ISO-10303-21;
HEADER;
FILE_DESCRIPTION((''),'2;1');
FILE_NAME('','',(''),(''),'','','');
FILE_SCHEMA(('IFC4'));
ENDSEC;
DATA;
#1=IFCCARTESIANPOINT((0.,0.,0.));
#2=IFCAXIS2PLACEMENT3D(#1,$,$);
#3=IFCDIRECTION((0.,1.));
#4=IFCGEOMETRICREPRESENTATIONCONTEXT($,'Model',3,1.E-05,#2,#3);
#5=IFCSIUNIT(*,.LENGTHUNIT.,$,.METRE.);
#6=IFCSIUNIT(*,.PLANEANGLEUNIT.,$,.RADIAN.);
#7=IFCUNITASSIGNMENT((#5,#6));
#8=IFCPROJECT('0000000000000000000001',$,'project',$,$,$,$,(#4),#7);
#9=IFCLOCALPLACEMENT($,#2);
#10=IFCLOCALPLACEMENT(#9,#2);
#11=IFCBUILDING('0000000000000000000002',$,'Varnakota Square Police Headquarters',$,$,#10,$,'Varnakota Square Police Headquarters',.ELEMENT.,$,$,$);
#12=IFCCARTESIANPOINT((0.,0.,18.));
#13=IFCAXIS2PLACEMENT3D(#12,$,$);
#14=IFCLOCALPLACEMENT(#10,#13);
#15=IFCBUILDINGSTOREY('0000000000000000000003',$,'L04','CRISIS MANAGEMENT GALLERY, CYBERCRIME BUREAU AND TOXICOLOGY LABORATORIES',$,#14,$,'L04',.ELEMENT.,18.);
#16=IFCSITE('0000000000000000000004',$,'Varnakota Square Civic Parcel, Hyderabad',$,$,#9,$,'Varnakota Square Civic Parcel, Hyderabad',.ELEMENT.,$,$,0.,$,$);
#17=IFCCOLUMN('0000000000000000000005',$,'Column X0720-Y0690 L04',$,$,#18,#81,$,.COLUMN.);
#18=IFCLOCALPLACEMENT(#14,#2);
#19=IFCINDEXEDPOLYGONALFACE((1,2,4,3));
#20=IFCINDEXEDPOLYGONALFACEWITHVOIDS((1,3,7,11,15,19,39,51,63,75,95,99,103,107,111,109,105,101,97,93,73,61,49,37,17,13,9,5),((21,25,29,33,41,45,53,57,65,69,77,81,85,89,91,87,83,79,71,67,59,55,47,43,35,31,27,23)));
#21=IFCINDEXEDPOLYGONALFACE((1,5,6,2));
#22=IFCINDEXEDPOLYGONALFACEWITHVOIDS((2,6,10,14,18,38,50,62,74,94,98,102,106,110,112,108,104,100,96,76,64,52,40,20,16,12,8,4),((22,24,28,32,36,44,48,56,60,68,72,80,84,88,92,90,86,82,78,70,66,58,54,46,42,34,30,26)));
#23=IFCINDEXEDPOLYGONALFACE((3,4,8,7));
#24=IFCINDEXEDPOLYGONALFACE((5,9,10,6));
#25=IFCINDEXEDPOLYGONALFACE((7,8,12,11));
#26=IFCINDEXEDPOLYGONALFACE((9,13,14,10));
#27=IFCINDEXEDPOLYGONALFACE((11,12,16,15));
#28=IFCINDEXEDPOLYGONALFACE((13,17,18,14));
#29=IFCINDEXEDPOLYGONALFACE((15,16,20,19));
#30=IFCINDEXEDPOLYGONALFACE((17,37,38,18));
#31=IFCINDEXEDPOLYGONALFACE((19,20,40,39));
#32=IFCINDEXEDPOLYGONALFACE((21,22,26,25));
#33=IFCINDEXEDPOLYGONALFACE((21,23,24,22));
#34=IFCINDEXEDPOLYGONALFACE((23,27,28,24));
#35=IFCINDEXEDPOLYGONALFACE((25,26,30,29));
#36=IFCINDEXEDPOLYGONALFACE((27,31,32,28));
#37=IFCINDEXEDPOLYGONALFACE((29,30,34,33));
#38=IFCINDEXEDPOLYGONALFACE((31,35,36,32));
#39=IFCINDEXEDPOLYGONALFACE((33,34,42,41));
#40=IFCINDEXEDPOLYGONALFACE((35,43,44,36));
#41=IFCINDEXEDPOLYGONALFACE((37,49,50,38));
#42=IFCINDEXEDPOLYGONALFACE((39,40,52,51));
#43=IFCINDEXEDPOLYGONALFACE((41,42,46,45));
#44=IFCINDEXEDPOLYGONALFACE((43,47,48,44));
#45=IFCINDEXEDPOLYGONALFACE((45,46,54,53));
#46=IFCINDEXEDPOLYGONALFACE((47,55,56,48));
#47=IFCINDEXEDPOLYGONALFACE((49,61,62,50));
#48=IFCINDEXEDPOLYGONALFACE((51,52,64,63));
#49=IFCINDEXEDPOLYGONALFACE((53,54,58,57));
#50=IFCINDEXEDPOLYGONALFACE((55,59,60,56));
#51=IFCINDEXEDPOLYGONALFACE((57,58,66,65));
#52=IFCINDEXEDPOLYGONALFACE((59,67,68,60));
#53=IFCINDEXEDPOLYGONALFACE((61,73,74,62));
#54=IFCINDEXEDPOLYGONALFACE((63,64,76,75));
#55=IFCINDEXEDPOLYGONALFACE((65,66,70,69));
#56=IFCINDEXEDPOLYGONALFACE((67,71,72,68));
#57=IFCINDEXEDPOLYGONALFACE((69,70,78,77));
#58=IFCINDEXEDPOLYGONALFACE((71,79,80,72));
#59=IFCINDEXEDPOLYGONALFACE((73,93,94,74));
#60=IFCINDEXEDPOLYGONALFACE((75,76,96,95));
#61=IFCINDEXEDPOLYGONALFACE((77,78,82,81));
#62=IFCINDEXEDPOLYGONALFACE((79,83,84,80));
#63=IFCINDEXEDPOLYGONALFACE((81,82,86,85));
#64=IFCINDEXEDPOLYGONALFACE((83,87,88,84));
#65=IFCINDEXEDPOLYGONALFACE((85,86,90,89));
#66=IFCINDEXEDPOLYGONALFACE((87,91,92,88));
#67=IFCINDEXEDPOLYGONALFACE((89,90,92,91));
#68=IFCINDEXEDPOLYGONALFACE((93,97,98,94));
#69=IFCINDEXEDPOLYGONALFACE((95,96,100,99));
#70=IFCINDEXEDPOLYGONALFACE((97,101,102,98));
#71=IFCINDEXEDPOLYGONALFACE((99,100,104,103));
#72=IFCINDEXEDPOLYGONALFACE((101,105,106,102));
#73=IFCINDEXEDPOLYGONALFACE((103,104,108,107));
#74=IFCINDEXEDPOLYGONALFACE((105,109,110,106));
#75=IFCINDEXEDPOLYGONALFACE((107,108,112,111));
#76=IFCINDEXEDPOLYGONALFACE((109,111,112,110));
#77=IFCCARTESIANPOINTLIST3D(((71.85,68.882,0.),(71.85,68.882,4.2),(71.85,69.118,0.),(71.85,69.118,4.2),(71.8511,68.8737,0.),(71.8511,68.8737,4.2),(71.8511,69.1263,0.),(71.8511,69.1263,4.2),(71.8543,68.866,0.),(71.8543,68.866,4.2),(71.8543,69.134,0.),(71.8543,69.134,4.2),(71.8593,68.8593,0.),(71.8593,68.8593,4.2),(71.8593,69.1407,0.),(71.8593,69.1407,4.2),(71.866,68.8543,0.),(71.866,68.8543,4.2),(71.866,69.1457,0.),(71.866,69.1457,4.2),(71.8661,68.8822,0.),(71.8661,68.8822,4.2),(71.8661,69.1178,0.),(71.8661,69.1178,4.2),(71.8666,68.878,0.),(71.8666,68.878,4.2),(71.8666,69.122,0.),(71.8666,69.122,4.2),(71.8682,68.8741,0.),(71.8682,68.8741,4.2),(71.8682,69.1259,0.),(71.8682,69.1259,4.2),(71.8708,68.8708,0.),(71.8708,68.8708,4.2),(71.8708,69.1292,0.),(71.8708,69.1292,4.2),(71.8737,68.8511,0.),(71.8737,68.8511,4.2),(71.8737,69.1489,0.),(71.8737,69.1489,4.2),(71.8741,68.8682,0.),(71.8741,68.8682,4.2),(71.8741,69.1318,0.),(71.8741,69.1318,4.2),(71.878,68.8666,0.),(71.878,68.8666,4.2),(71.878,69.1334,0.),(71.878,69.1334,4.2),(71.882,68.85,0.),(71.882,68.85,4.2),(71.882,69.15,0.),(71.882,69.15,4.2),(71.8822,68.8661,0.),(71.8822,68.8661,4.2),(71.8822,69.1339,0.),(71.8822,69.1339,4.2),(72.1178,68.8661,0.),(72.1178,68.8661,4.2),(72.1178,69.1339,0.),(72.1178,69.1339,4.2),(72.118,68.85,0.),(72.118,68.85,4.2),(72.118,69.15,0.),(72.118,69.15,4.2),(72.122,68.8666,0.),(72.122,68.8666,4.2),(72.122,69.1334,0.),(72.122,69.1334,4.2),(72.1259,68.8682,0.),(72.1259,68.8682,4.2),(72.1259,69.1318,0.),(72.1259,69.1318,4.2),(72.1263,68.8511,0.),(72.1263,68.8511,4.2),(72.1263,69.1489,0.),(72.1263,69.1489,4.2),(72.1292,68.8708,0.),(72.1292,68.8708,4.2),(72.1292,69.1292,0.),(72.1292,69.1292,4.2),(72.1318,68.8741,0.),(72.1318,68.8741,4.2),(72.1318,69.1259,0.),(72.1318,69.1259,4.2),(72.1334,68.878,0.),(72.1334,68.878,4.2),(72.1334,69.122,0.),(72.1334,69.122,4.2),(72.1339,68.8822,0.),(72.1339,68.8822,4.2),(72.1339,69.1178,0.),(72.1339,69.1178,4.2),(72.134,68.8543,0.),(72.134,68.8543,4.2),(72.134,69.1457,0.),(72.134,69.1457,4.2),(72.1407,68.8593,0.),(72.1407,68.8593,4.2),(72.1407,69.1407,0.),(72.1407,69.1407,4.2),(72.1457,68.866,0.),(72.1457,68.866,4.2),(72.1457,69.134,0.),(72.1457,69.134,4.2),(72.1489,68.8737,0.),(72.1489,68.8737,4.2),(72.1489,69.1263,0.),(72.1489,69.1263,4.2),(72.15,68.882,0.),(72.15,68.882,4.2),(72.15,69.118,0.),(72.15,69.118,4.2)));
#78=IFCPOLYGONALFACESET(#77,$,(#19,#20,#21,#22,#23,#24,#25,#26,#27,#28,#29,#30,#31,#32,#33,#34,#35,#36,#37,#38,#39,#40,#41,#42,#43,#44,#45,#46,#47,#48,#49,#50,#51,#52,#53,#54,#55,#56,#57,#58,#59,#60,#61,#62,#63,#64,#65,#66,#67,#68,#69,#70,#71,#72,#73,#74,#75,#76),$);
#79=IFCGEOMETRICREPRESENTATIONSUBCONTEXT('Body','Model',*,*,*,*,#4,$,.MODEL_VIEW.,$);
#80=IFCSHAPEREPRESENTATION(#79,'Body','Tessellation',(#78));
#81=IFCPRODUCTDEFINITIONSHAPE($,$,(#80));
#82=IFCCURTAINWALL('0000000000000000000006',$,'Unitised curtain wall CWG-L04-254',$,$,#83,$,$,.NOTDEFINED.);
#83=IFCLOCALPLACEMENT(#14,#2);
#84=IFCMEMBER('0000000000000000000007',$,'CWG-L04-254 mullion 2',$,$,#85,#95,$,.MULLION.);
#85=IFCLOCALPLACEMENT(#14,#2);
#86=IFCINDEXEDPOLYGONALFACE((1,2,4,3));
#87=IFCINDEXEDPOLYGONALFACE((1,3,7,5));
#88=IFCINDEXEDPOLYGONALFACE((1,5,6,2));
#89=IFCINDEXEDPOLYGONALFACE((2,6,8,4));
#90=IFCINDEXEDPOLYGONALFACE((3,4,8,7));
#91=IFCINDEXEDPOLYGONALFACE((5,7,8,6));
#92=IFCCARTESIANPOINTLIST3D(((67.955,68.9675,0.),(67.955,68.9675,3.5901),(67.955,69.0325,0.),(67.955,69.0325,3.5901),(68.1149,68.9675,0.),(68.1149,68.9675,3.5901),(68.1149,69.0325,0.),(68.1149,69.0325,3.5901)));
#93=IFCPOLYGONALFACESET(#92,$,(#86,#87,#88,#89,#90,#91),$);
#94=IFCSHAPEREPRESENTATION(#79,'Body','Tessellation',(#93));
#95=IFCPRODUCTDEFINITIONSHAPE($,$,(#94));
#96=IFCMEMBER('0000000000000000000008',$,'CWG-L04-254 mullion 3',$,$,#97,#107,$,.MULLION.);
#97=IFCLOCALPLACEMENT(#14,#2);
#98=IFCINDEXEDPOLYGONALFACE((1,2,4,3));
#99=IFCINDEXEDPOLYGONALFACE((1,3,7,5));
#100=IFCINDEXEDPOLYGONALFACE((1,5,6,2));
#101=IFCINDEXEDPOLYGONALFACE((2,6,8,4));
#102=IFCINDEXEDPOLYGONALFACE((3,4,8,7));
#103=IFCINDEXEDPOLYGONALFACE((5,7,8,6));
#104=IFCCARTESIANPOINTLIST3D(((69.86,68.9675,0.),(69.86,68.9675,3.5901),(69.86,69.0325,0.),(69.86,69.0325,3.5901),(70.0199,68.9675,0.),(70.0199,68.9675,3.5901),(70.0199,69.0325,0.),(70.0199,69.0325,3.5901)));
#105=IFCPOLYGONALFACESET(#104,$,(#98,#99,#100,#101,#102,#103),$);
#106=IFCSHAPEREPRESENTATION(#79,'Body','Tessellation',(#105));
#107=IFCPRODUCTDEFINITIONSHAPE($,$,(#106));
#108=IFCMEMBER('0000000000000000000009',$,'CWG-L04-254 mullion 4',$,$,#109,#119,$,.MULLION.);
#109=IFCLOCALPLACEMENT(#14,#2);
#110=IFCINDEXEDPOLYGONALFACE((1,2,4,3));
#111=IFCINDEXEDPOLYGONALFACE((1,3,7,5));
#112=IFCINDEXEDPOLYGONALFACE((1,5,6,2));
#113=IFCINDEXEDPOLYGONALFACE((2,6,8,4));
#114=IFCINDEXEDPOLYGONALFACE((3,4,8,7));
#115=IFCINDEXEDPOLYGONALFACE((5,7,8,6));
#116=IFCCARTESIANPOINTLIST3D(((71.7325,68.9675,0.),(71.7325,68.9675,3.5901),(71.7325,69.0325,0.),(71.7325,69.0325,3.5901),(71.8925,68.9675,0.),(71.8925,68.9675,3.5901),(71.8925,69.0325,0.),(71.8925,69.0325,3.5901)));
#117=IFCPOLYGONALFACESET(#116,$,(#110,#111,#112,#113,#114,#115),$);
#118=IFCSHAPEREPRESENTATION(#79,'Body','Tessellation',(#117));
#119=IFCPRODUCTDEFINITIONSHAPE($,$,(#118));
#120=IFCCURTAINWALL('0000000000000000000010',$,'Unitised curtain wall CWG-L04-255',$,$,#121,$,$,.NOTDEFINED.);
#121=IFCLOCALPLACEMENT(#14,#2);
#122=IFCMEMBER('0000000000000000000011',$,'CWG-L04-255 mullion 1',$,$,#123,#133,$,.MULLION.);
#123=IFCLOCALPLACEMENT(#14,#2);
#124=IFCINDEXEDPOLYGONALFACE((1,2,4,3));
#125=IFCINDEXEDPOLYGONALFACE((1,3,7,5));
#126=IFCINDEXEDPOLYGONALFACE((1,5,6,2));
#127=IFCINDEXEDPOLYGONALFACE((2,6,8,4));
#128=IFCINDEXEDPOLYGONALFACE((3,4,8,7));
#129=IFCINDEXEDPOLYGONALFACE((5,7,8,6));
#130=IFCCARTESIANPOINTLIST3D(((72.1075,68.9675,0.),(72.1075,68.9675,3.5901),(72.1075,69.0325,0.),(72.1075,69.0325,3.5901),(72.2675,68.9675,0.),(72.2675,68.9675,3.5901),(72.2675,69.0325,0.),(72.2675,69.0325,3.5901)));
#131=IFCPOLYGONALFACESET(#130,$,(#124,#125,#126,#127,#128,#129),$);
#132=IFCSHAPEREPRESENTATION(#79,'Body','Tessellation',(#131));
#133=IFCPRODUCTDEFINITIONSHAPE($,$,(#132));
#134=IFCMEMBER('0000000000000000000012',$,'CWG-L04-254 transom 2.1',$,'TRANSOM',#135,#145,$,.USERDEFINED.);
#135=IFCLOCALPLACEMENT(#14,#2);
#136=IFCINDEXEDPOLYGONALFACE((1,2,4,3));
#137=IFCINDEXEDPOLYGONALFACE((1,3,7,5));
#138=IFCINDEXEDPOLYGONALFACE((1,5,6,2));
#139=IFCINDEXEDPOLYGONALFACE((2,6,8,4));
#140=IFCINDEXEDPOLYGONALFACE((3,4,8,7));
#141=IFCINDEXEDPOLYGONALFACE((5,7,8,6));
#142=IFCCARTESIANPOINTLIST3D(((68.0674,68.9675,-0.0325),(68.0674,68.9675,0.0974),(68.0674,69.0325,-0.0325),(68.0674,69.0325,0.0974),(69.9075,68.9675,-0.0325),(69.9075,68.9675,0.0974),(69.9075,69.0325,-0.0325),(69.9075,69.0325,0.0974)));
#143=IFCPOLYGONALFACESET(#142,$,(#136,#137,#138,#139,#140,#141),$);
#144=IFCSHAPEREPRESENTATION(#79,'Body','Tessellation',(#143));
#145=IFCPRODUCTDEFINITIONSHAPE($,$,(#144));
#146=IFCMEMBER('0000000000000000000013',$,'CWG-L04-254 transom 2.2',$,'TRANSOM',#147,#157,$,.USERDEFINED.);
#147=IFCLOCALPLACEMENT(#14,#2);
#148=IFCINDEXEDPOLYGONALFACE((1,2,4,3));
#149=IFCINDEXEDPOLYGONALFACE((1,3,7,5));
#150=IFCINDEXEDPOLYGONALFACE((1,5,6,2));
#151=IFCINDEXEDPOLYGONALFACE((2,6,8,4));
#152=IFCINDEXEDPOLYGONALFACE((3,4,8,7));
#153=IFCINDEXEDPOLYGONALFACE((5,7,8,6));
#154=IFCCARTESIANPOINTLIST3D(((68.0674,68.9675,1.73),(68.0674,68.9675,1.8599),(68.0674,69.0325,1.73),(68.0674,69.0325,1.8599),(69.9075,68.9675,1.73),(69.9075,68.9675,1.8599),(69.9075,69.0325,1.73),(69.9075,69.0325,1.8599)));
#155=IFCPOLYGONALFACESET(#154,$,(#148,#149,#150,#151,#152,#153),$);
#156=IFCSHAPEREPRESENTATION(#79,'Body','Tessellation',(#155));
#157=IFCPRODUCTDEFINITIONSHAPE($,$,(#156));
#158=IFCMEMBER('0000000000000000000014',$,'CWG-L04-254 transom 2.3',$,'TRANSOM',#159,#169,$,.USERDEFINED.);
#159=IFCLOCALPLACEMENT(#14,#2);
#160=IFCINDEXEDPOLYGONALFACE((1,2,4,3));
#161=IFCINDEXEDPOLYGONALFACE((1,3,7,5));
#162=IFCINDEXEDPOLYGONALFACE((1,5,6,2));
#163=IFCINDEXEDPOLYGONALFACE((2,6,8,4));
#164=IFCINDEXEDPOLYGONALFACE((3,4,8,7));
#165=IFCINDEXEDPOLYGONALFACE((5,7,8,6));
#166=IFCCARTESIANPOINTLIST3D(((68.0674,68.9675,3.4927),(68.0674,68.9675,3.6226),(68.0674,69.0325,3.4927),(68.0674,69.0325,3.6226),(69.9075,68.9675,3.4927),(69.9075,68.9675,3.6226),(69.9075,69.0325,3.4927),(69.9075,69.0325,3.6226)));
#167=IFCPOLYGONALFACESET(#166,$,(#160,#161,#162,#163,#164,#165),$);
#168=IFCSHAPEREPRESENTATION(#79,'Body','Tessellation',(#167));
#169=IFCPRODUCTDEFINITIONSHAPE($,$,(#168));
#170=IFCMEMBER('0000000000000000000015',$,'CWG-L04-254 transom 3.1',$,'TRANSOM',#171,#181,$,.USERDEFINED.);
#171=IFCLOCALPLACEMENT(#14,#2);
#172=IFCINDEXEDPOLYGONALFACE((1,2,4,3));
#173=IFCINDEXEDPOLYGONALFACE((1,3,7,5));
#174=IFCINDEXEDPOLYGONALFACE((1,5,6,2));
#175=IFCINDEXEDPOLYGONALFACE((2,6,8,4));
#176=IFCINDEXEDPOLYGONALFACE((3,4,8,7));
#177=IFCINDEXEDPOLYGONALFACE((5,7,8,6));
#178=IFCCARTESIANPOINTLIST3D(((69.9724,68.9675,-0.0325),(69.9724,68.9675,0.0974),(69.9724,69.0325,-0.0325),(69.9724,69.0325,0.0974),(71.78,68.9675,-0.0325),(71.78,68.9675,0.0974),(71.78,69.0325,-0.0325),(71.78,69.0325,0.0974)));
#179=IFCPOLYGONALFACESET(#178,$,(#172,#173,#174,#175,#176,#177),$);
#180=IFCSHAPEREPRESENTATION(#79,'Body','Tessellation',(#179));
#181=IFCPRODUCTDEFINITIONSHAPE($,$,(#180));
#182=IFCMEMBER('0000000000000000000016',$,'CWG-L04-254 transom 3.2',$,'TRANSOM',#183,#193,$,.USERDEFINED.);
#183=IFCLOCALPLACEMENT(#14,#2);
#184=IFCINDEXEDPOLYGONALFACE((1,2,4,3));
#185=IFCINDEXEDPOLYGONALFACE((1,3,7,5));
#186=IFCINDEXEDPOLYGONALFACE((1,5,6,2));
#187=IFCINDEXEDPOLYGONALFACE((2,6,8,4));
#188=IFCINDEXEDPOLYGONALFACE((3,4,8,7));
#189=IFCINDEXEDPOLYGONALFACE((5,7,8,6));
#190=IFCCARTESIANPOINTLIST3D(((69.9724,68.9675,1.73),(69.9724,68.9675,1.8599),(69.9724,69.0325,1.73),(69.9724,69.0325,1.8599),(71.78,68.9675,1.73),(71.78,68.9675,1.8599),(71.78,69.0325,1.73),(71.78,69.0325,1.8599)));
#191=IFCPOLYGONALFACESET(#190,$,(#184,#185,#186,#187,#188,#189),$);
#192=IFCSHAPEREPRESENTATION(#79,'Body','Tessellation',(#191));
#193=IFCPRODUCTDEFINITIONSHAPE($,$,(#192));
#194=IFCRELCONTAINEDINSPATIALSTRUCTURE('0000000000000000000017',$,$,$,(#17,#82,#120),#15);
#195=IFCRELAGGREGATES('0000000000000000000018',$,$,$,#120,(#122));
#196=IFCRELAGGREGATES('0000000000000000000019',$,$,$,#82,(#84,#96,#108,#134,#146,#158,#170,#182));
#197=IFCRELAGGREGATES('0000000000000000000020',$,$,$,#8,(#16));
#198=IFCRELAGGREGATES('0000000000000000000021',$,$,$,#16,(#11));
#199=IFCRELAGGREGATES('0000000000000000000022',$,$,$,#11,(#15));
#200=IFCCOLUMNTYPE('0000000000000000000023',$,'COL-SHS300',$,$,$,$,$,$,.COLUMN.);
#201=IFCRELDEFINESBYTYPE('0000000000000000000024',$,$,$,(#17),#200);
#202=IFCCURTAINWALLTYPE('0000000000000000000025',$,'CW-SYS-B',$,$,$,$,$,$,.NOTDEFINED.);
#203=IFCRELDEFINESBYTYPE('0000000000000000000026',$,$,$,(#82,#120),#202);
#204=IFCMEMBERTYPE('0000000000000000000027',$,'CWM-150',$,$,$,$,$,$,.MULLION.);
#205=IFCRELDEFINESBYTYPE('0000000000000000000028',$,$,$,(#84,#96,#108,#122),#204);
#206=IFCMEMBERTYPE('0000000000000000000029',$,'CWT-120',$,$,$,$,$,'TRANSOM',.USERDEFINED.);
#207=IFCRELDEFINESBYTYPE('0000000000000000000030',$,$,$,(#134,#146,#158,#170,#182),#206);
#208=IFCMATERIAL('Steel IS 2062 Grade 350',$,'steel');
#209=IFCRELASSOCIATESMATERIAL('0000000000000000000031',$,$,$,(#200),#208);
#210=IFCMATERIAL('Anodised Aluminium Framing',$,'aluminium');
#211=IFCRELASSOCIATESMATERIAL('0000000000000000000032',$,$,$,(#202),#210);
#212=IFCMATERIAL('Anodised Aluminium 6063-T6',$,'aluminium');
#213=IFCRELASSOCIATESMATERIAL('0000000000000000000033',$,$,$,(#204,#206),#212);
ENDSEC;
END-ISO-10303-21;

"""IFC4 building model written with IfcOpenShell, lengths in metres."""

from ifc_helpers import new_model, si_unit, direction, frame, origin, origin_2d, place, context, subcontext, project, spatial, rectangle, hollow_rectangle, extrude, material, material_profile, profile_set, type_object, element, aggregate, save


model = new_model("IFC4")

# Units and contexts
model_context = context("Model", 3, precision=1e-05, world=origin(), true_north=direction((0.0, 1.0)))
body_context = subcontext(model_context, "Body", "Model", "MODEL_VIEW")
ifc_project = project(units=[si_unit("LENGTHUNIT", "METRE"), si_unit("PLANEANGLEUNIT", "RADIAN")], contexts=[model_context])

# Site, building, storey
site_placement = place(None, origin())
site = spatial("IfcSite", under=ifc_project, at=site_placement, Name="Varnakota Square Civic Parcel, Hyderabad", LongName="Varnakota Square Civic Parcel, Hyderabad", CompositionType="ELEMENT", RefElevation=0.0)
building_placement = place(site_placement, origin())
building = spatial("IfcBuilding", under=site, at=building_placement, Name="Varnakota Square Police Headquarters", LongName="Varnakota Square Police Headquarters", CompositionType="ELEMENT")
storey_placement = place(building_placement, frame((0.0, 0.0, 18.0)))
storey = spatial("IfcBuildingStorey", under=building, at=storey_placement, Name="L04", Description="CRISIS MANAGEMENT GALLERY, CYBERCRIME BUREAU AND TOXICOLOGY LABORATORIES", LongName="L04", CompositionType="ELEMENT", Elevation=18.0)

# Column
ifc_material_1 = material(Name="Steel IS 2062 Grade 350", Category="steel")
ifc_material_profile_1 = material_profile(ifc_material_1, hollow_rectangle(XDim=0.3, YDim=0.3, WallThickness=0.0161, InnerFilletRadius=0.0161, OuterFilletRadius=0.032, at=origin_2d()), Name="SHS 300x300x16")
ifc_profile_set_1 = profile_set([ifc_material_profile_1], Name="Steel IS 2062 Grade 350")
column_type = type_object("IfcColumnType", Name="COL-SHS300", PredefinedType="COLUMN", material=ifc_profile_set_1)
column_placement = place(storey_placement, frame((72.0, 69.0, 0.0), z_axis=(0.0, 0.0, 1.0), x_axis=(1.0, 0.0, 0.0)))
element("IfcColumn", 1, at=column_placement, inside=storey, type_object=column_type, Name="Column X0720-Y0690 L04", PredefinedType="COLUMN", context=body_context, shape_type="SweptSolid", body=[
    extrude(hollow_rectangle(XDim=0.3, YDim=0.3, WallThickness=0.0161, InnerFilletRadius=0.0161, OuterFilletRadius=0.032, at=origin_2d()), origin(), (0.0, 0.0, 1.0), 4.2),
])

# Curtain wall, members
ifc_material_2 = material(Name="Anodised Aluminium Framing", Category="aluminium")
curtain_wall_type = type_object("IfcCurtainWallType", Name="CW-SYS-B", PredefinedType="NOTDEFINED", material=ifc_material_2)
curtain_wall_1_placement = place(storey_placement, origin())
curtain_wall_1 = element("IfcCurtainWall", 2, at=curtain_wall_1_placement, inside=storey, type_object=curtain_wall_type, Name="Unitised curtain wall CWG-L04-254", PredefinedType="NOTDEFINED")
ifc_material_3 = material(Name="Anodised Aluminium 6063-T6", Category="aluminium")
ifc_material_profile_2 = material_profile(ifc_material_3, rectangle(XDim=0.0649, YDim=0.1599, at=origin_2d()), Name="ALU MULLION 65x160")
ifc_profile_set_2 = profile_set([ifc_material_profile_2], Name="Anodised Aluminium 6063-T6")
member_type_1 = type_object("IfcMemberType", Name="CWM-150", PredefinedType="MULLION", material=ifc_profile_set_2)
member_1_placement = place(storey_placement, frame((68.0349, 69.0, 0.0), z_axis=(0.0, 0.0, 1.0), x_axis=(0.0, 1.0, 0.0)))
member_1 = element("IfcMember", 3, at=member_1_placement, type_object=member_type_1, Name="CWG-L04-254 mullion 2", PredefinedType="MULLION", context=body_context, shape_type="SweptSolid", body=[
    extrude(rectangle(XDim=0.0649, YDim=0.1599, at=origin_2d()), origin(), (0.0, 0.0, 1.0), 3.5901),
])
member_2_placement = place(storey_placement, frame((69.9399, 69.0, 0.0), z_axis=(0.0, 0.0, 1.0), x_axis=(0.0, 1.0, 0.0)))
member_2 = element("IfcMember", 4, at=member_2_placement, type_object=member_type_1, Name="CWG-L04-254 mullion 3", PredefinedType="MULLION", context=body_context, shape_type="SweptSolid", body=[
    extrude(rectangle(XDim=0.0649, YDim=0.1599, at=origin_2d()), origin(), (0.0, 0.0, 1.0), 3.5901),
])
member_3_placement = place(storey_placement, frame((71.8125, 69.0, 0.0), z_axis=(0.0, 0.0, 1.0), x_axis=(0.0, 1.0, 0.0)))
member_3 = element("IfcMember", 5, at=member_3_placement, type_object=member_type_1, Name="CWG-L04-254 mullion 4", PredefinedType="MULLION", context=body_context, shape_type="SweptSolid", body=[
    extrude(rectangle(XDim=0.0649, YDim=0.1599, at=origin_2d()), origin(), (0.0, 0.0, 1.0), 3.5901),
])

# Curtain wall, member
curtain_wall_2_placement = place(storey_placement, origin())
curtain_wall_2 = element("IfcCurtainWall", 6, at=curtain_wall_2_placement, inside=storey, type_object=curtain_wall_type, Name="Unitised curtain wall CWG-L04-255", PredefinedType="NOTDEFINED")
member_4_placement = place(storey_placement, frame((72.1875, 69.0, 0.0), z_axis=(0.0, 0.0, 1.0), x_axis=(0.0, 1.0, 0.0)))
member_4 = element("IfcMember", 7, at=member_4_placement, type_object=member_type_1, Name="CWG-L04-255 mullion 1", PredefinedType="MULLION", context=body_context, shape_type="SweptSolid", body=[
    extrude(rectangle(XDim=0.0649, YDim=0.1599, at=origin_2d()), origin(), (0.0, 0.0, 1.0), 3.5901),
])

# Members
ifc_material_profile_3 = material_profile(ifc_material_3, rectangle(XDim=0.0649, YDim=0.1299, at=origin_2d()), Name="ALU TRANSOM 65x130")
ifc_profile_set_3 = profile_set([ifc_material_profile_3], Name="Anodised Aluminium 6063-T6")
member_type_2 = type_object("IfcMemberType", Name="CWT-120", ElementType="TRANSOM", PredefinedType="USERDEFINED", material=ifc_profile_set_3)
member_5_placement = place(storey_placement, frame((68.0674, 69.0, 0.0325), z_axis=(1.0, 0.0, 0.0), x_axis=(0.0, 1.0, 0.0)))
member_5 = element("IfcMember", 8, at=member_5_placement, type_object=member_type_2, Name="CWG-L04-254 transom 2.1", ObjectType="TRANSOM", PredefinedType="USERDEFINED", context=body_context, shape_type="SweptSolid", body=[
    extrude(rectangle(XDim=0.0649, YDim=0.1299, at=origin_2d()), origin(), (0.0, 0.0, 1.0), 1.8401),
])
member_6_placement = place(storey_placement, frame((68.0674, 69.0, 1.7949), z_axis=(1.0, 0.0, 0.0), x_axis=(0.0, 1.0, 0.0)))
member_6 = element("IfcMember", 9, at=member_6_placement, type_object=member_type_2, Name="CWG-L04-254 transom 2.2", ObjectType="TRANSOM", PredefinedType="USERDEFINED", context=body_context, shape_type="SweptSolid", body=[
    extrude(rectangle(XDim=0.0649, YDim=0.1299, at=origin_2d()), origin(), (0.0, 0.0, 1.0), 1.8401),
])
member_7_placement = place(storey_placement, frame((68.0674, 69.0, 3.5576), z_axis=(1.0, 0.0, 0.0), x_axis=(0.0, 1.0, 0.0)))
member_7 = element("IfcMember", 10, at=member_7_placement, type_object=member_type_2, Name="CWG-L04-254 transom 2.3", ObjectType="TRANSOM", PredefinedType="USERDEFINED", context=body_context, shape_type="SweptSolid", body=[
    extrude(rectangle(XDim=0.0649, YDim=0.1299, at=origin_2d()), origin(), (0.0, 0.0, 1.0), 1.8401),
])
member_8_placement = place(storey_placement, frame((69.9724, 69.0, 0.0325), z_axis=(1.0, 0.0, 0.0), x_axis=(0.0, 1.0, 0.0)))
member_8 = element("IfcMember", 11, at=member_8_placement, type_object=member_type_2, Name="CWG-L04-254 transom 3.1", ObjectType="TRANSOM", PredefinedType="USERDEFINED", context=body_context, shape_type="SweptSolid", body=[
    extrude(rectangle(XDim=0.0649, YDim=0.1299, at=origin_2d()), origin(), (0.0, 0.0, 1.0), 1.8076),
])
member_9_placement = place(storey_placement, frame((69.9724, 69.0, 1.7949), z_axis=(1.0, 0.0, 0.0), x_axis=(0.0, 1.0, 0.0)))
member_9 = element("IfcMember", 12, at=member_9_placement, type_object=member_type_2, Name="CWG-L04-254 transom 3.2", ObjectType="TRANSOM", PredefinedType="USERDEFINED", context=body_context, shape_type="SweptSolid", body=[
    extrude(rectangle(XDim=0.0649, YDim=0.1299, at=origin_2d()), origin(), (0.0, 0.0, 1.0), 1.8076),
])

aggregate(curtain_wall_2, [member_4])
aggregate(curtain_wall_1, [member_1, member_2, member_3, member_5, member_6, member_7, member_8, member_9])

save(model, "model.ifc")
